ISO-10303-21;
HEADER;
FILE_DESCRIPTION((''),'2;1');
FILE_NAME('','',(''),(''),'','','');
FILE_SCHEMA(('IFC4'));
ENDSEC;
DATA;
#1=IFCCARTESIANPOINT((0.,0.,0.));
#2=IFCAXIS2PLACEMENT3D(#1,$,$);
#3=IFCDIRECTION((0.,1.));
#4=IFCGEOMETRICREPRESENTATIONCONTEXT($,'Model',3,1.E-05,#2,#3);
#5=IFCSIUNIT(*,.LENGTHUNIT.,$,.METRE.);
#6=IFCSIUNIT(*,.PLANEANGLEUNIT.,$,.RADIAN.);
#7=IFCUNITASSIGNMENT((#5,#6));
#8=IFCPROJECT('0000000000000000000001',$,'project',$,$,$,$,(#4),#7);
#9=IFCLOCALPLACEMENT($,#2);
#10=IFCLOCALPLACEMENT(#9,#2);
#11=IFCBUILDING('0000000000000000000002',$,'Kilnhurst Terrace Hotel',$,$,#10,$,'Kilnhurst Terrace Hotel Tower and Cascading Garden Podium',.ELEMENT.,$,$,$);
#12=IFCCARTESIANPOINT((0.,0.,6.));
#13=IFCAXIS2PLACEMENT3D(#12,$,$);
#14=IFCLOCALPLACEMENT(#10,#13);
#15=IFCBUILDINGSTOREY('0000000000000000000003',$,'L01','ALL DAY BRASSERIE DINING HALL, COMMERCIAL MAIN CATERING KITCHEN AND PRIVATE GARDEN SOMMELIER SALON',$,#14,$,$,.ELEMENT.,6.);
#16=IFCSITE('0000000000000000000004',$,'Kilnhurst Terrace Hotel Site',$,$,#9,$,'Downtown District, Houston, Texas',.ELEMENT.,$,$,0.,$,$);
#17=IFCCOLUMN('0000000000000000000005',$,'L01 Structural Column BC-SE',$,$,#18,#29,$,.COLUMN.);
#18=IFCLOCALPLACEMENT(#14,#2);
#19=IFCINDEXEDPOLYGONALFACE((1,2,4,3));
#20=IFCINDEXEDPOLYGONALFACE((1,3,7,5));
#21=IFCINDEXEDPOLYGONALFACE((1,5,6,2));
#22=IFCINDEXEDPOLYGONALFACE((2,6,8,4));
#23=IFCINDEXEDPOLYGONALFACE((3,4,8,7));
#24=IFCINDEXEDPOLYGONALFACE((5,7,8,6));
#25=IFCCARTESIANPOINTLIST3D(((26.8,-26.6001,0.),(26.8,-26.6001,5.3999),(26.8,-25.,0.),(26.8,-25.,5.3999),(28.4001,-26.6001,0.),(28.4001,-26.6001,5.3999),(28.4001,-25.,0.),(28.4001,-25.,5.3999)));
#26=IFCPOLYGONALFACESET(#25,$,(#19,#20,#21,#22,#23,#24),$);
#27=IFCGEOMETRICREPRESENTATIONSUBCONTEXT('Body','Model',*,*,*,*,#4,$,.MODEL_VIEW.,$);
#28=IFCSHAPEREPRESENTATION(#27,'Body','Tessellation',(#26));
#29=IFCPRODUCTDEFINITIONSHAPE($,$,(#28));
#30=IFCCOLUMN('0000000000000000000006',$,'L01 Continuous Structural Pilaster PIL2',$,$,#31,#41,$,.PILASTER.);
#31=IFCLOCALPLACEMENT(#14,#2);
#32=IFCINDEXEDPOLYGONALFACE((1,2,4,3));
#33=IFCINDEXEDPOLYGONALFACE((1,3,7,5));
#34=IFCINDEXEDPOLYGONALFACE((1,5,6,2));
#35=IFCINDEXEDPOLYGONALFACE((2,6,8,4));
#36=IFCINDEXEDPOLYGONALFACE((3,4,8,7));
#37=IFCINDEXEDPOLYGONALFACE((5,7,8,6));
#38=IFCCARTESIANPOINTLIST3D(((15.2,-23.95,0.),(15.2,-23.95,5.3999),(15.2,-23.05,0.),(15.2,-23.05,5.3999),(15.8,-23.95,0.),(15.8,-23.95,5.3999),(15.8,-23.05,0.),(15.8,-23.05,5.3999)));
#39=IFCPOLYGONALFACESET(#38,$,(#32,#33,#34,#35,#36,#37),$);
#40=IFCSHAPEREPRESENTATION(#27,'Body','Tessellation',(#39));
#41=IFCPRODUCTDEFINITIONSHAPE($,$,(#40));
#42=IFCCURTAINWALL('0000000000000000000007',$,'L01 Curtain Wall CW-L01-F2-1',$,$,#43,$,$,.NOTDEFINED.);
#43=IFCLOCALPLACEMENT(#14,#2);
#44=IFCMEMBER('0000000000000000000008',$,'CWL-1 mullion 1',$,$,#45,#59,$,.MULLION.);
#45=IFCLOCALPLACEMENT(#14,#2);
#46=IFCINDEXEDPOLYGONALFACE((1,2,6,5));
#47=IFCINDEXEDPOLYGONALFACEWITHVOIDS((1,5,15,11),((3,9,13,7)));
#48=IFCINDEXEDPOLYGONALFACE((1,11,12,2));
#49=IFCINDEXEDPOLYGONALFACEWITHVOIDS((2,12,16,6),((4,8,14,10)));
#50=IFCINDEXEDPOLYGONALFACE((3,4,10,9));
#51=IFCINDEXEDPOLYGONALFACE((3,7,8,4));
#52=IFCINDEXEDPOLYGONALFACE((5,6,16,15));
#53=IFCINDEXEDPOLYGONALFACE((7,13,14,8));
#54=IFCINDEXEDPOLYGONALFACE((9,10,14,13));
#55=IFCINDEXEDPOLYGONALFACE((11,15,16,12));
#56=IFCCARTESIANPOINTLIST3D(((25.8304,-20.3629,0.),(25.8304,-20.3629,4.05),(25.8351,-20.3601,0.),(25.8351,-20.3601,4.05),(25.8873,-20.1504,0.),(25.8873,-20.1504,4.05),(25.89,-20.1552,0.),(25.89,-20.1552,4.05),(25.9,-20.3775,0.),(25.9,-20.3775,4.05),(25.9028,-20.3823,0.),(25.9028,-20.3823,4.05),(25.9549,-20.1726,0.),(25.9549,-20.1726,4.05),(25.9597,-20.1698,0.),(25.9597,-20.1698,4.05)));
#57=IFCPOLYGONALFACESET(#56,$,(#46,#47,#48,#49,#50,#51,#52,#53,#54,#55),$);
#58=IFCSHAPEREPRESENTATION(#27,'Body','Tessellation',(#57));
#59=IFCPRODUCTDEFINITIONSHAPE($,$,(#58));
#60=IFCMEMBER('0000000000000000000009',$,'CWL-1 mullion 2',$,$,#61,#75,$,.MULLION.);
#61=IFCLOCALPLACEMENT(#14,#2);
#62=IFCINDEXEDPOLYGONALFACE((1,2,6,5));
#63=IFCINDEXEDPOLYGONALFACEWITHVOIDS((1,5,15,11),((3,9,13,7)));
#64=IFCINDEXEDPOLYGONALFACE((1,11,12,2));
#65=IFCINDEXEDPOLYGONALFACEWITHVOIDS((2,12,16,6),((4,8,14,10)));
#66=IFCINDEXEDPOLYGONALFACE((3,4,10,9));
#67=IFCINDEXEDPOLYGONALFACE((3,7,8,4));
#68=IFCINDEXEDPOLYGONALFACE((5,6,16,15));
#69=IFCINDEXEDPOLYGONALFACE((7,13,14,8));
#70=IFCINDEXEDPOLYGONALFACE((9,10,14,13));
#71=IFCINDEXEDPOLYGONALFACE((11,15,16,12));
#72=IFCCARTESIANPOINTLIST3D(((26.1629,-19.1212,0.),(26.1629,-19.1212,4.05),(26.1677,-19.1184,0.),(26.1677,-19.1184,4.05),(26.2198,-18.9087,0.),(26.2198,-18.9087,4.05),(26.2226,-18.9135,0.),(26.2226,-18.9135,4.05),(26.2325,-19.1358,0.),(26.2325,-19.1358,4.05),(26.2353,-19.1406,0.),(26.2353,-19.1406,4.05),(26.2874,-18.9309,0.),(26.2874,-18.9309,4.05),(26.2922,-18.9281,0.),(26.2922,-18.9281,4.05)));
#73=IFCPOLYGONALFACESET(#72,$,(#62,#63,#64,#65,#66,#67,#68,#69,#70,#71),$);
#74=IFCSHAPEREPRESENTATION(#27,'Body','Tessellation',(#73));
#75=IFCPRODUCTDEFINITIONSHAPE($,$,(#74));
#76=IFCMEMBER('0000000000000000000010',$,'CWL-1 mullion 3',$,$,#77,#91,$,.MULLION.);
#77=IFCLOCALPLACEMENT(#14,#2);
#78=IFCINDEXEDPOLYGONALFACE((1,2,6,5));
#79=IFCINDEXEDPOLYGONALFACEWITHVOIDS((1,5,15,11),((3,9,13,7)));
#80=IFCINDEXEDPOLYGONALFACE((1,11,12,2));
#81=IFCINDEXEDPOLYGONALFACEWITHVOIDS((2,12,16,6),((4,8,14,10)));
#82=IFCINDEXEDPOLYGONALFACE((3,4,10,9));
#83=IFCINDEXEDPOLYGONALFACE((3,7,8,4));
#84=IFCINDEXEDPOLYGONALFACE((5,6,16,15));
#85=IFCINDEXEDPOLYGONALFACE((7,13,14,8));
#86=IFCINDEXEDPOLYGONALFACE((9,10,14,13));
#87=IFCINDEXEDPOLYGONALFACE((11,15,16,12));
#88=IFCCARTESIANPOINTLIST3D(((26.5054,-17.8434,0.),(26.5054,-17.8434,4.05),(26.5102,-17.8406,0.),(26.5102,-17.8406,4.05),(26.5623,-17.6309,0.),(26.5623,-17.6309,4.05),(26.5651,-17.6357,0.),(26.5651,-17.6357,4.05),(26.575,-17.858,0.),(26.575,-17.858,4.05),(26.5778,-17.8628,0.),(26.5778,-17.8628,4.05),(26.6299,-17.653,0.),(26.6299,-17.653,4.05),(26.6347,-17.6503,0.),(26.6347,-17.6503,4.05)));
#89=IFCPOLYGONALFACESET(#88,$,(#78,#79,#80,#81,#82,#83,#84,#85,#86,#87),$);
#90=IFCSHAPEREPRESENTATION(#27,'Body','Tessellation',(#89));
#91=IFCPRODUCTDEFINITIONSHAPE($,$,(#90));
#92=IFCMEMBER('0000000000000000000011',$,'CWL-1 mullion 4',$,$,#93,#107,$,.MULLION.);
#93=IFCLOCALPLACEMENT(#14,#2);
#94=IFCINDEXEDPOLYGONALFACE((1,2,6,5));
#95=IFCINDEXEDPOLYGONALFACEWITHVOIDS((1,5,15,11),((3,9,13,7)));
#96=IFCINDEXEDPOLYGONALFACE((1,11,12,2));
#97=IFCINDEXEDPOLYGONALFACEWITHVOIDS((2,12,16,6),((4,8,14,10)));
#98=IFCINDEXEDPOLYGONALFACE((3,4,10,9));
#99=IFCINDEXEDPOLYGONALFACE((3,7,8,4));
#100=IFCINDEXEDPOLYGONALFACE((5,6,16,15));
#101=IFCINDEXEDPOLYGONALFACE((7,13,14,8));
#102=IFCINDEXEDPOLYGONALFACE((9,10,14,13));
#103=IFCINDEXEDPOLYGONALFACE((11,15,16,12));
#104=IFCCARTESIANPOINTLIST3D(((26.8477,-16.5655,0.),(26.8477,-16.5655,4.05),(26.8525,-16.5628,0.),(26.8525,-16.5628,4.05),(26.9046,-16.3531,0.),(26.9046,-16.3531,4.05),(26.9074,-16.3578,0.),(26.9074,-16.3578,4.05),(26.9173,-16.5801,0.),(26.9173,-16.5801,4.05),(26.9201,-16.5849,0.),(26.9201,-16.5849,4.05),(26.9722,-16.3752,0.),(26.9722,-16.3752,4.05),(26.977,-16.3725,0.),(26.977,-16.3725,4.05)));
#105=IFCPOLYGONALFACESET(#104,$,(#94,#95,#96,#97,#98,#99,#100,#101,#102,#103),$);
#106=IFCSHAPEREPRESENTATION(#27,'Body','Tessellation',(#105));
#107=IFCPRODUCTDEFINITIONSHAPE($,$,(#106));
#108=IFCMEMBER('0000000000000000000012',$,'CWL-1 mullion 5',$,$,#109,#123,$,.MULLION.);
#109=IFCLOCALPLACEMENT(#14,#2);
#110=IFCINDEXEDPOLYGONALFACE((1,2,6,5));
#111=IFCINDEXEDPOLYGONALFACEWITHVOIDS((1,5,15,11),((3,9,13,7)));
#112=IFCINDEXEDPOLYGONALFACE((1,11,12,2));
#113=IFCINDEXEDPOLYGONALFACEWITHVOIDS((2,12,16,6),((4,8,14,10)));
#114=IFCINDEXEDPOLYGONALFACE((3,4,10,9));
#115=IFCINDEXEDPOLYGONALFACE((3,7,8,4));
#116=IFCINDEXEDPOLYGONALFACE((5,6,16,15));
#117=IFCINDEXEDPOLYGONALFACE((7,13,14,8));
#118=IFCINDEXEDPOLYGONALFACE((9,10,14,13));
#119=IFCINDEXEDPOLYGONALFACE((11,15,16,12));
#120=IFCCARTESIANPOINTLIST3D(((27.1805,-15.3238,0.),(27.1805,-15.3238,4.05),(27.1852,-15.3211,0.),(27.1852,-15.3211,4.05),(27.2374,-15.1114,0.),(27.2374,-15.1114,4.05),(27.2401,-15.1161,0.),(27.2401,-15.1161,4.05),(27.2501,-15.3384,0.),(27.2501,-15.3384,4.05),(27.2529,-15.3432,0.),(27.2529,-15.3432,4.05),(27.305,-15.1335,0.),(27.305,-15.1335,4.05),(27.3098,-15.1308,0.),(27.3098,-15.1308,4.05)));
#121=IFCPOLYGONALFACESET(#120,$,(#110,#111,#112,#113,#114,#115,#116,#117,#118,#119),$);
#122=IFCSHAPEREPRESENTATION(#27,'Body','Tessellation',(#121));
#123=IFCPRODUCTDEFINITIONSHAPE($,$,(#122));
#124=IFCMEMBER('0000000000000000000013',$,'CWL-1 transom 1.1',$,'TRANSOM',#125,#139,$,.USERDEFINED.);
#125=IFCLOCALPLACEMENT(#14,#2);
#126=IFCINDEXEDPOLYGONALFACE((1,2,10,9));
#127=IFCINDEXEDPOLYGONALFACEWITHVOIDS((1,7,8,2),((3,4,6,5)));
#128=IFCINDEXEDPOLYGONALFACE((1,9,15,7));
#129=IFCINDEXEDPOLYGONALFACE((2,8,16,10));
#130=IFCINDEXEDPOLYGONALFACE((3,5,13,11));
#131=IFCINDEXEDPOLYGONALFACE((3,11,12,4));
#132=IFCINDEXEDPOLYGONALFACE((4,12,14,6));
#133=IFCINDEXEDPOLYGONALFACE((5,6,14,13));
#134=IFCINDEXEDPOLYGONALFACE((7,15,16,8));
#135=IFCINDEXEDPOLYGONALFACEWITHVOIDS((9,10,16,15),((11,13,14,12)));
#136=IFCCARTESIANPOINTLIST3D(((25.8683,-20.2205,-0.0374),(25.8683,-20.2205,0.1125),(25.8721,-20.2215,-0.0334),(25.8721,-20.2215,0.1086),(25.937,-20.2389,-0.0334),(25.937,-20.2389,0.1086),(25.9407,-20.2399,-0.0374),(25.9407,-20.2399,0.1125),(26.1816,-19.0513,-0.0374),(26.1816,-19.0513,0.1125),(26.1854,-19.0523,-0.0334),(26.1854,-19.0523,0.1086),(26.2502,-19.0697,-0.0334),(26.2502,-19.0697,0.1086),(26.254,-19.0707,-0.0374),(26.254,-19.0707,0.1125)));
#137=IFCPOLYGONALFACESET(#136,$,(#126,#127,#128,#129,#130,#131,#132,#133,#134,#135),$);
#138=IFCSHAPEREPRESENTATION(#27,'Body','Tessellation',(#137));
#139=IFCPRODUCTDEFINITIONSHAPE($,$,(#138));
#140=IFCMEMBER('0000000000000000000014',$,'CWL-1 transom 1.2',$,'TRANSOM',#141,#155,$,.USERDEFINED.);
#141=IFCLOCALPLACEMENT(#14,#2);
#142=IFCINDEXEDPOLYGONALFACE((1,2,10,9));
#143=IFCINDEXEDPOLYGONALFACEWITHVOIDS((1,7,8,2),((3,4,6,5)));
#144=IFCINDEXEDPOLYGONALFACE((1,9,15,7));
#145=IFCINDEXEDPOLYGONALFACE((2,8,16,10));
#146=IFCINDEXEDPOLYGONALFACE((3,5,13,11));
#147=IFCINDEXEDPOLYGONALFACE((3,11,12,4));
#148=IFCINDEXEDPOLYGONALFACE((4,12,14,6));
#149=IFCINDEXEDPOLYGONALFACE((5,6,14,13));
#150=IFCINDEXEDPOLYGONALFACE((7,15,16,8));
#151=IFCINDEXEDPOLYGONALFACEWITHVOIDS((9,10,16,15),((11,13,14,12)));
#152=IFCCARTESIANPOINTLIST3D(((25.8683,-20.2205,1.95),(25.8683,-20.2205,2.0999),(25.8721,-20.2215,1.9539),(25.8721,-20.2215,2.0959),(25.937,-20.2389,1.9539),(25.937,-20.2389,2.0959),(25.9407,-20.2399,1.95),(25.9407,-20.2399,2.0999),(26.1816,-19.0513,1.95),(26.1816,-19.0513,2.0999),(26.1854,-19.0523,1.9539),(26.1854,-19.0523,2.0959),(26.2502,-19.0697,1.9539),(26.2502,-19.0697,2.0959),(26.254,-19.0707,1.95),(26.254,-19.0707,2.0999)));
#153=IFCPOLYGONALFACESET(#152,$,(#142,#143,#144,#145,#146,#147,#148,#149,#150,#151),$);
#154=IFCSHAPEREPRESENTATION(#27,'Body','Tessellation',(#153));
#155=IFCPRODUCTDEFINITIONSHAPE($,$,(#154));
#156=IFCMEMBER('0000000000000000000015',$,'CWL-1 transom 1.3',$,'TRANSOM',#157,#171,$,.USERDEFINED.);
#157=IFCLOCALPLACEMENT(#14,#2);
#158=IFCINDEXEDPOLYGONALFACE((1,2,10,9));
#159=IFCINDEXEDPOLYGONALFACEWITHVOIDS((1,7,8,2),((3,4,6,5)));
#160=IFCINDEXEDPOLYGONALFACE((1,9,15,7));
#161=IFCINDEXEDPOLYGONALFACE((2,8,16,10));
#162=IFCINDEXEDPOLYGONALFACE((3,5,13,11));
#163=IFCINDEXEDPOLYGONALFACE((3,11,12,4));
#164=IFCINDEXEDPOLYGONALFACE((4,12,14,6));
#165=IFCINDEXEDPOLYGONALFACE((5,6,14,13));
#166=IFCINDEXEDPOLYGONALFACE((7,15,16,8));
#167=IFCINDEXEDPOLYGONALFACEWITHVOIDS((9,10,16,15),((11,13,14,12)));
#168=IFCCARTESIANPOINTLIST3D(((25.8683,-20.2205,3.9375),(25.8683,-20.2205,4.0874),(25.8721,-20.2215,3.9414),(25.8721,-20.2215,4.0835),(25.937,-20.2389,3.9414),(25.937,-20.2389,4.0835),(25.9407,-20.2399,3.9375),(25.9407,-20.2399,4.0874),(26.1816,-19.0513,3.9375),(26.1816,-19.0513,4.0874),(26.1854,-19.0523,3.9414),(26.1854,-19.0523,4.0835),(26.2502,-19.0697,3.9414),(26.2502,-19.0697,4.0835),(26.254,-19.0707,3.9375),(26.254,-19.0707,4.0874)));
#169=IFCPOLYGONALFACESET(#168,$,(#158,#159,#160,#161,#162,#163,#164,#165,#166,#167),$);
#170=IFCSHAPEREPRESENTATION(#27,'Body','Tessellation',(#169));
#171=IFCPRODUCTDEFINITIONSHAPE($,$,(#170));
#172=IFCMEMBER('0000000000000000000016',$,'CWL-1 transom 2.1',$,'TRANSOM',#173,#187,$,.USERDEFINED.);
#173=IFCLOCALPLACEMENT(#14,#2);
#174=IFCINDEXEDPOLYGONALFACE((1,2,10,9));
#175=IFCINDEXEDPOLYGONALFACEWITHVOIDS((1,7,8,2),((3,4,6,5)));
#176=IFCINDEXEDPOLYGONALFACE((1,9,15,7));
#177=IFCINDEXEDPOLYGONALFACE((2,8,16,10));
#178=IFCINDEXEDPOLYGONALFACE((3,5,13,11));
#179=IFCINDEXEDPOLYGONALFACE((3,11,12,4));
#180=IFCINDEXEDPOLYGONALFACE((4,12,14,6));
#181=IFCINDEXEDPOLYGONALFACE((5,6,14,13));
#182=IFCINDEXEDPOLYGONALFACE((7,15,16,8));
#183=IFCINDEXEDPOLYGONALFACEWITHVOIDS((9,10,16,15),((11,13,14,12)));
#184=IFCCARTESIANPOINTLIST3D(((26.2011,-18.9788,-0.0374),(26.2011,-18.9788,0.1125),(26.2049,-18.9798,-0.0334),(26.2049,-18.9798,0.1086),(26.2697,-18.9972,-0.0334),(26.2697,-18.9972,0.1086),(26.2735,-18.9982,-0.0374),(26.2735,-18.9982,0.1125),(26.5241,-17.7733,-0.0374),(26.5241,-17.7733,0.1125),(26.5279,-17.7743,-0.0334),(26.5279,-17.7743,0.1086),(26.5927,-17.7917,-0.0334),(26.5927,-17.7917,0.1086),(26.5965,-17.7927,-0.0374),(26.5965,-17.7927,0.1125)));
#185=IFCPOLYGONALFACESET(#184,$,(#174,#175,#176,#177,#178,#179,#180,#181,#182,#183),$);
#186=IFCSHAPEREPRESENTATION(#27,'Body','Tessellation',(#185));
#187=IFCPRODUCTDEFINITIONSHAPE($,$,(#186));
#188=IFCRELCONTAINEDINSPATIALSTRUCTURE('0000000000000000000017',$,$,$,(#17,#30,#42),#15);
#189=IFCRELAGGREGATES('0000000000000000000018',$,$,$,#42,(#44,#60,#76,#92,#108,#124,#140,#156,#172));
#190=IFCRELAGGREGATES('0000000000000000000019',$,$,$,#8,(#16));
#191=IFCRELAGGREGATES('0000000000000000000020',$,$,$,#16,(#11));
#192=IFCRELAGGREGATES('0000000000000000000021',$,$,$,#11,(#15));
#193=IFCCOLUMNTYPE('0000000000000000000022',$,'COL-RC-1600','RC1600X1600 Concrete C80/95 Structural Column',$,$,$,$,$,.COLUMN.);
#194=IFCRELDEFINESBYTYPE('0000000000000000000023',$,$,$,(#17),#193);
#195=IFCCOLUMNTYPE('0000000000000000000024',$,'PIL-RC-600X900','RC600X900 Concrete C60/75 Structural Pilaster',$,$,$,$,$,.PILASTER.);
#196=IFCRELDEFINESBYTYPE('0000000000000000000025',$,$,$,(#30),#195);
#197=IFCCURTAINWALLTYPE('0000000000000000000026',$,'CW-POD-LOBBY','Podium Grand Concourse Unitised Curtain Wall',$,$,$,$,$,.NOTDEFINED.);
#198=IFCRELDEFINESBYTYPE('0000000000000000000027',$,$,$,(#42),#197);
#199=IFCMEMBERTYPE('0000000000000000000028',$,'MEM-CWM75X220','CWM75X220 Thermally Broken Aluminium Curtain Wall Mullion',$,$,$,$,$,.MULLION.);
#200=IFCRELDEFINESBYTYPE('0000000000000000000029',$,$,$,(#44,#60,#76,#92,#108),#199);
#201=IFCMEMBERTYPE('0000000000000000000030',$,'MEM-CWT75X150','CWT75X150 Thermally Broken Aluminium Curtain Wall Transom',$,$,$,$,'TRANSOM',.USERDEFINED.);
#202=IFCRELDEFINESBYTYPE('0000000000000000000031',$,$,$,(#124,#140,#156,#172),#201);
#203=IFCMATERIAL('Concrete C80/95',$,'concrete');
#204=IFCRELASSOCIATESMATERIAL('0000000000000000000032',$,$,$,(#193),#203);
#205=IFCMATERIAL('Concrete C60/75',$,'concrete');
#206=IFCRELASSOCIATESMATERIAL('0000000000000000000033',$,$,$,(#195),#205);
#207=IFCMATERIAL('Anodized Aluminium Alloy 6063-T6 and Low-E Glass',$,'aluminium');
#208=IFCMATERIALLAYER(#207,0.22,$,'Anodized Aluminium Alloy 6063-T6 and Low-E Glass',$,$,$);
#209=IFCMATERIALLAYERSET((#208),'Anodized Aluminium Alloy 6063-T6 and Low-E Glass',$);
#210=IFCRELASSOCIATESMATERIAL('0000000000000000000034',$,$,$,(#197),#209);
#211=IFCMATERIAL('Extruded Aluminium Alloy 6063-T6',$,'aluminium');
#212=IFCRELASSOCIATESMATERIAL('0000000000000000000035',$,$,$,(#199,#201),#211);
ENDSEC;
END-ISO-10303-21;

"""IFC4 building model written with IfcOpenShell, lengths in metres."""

from ifc_helpers import new_model, si_unit, direction, frame, origin, origin_2d, place, context, subcontext, project, spatial, rectangle, hollow_rectangle, extrude, material, layer, layer_set, material_profile, profile_set, type_object, element, aggregate, save


model = new_model("IFC4")

# Units and contexts
model_context = context("Model", 3, precision=1e-05, world=origin(), true_north=direction((0.0, 1.0)))
body_context = subcontext(model_context, "Body", "Model", "MODEL_VIEW")
ifc_project = project(units=[si_unit("LENGTHUNIT", "METRE"), si_unit("PLANEANGLEUNIT", "RADIAN")], contexts=[model_context])

# Site, building, storey
site_placement = place(None, origin())
site = spatial("IfcSite", under=ifc_project, at=site_placement, Name="Kilnhurst Terrace Hotel Site", LongName="Downtown District, Houston, Texas", CompositionType="ELEMENT", RefElevation=0.0)
building_placement = place(site_placement, origin())
building = spatial("IfcBuilding", under=site, at=building_placement, Name="Kilnhurst Terrace Hotel", LongName="Kilnhurst Terrace Hotel Tower and Cascading Garden Podium", CompositionType="ELEMENT")
storey_placement = place(building_placement, frame((0.0, 0.0, 6.0)))
storey = spatial("IfcBuildingStorey", under=building, at=storey_placement, Name="L01", Description="ALL DAY BRASSERIE DINING HALL, COMMERCIAL MAIN CATERING KITCHEN AND PRIVATE GARDEN SOMMELIER SALON", CompositionType="ELEMENT", Elevation=6.0)

# Columns
ifc_material_1 = material(Name="Concrete C80/95", Category="concrete")
ifc_material_profile_1 = material_profile(ifc_material_1, rectangle(XDim=1.6001, YDim=1.6001, at=origin_2d()), Name="RC1600X1600")
ifc_profile_set_1 = profile_set([ifc_material_profile_1], Name="Concrete C80/95")
column_type_1 = type_object("IfcColumnType", Name="COL-RC-1600", Description="RC1600X1600 Concrete C80/95 Structural Column", PredefinedType="COLUMN", material=ifc_profile_set_1)
column_1_placement = place(storey_placement, frame((27.6001, -25.8, 0.0), z_axis=(0.0, 0.0, 1.0), x_axis=(1.0, 0.0, 0.0)))
element("IfcColumn", 1, at=column_1_placement, inside=storey, type_object=column_type_1, Name="L01 Structural Column BC-SE", PredefinedType="COLUMN", context=body_context, shape_type="SweptSolid", body=[
    extrude(rectangle(XDim=1.6001, YDim=1.6001, at=origin_2d()), origin(), (0.0, 0.0, 1.0), 5.3999),
])
ifc_material_2 = material(Name="Concrete C60/75", Category="concrete")
ifc_material_profile_2 = material_profile(ifc_material_2, rectangle(XDim=0.6001, YDim=0.8999, at=origin_2d()), Name="RC600X900")
ifc_profile_set_2 = profile_set([ifc_material_profile_2], Name="Concrete C60/75")
column_type_2 = type_object("IfcColumnType", Name="PIL-RC-600X900", Description="RC600X900 Concrete C60/75 Structural Pilaster", PredefinedType="PILASTER", material=ifc_profile_set_2)
column_2_placement = place(storey_placement, frame((15.5, -23.5, 0.0), z_axis=(0.0, 0.0, 1.0), x_axis=(1.0, 0.0, 0.0)))
element("IfcColumn", 2, at=column_2_placement, inside=storey, type_object=column_type_2, Name="L01 Continuous Structural Pilaster PIL2", PredefinedType="PILASTER", context=body_context, shape_type="SweptSolid", body=[
    extrude(rectangle(XDim=0.6001, YDim=0.8999, at=origin_2d()), origin(), (0.0, 0.0, 1.0), 5.3999),
])

# Curtain wall, members
ifc_material_3 = material(Name="Anodized Aluminium Alloy 6063-T6 and Low-E Glass", Category="aluminium")
ifc_layer_1 = layer(ifc_material_3, 0.22, Name="Anodized Aluminium Alloy 6063-T6 and Low-E Glass")
ifc_layer_set_1 = layer_set([ifc_layer_1], Name="Anodized Aluminium Alloy 6063-T6 and Low-E Glass")
curtain_wall_type = type_object("IfcCurtainWallType", Name="CW-POD-LOBBY", Description="Podium Grand Concourse Unitised Curtain Wall", PredefinedType="NOTDEFINED", material=ifc_layer_set_1)
curtain_wall_placement = place(storey_placement, origin())
curtain_wall = element("IfcCurtainWall", 3, at=curtain_wall_placement, inside=storey, type_object=curtain_wall_type, Name="L01 Curtain Wall CW-L01-F2-1", PredefinedType="NOTDEFINED")
ifc_material_4 = material(Name="Extruded Aluminium Alloy 6063-T6", Category="aluminium")
ifc_material_profile_3 = material_profile(ifc_material_4, hollow_rectangle(XDim=0.075, YDim=0.22, WallThickness=0.0039, at=origin_2d()), Name="CWM75X220")
ifc_profile_set_3 = profile_set([ifc_material_profile_3], Name="Extruded Aluminium Alloy 6063-T6")
member_type_1 = type_object("IfcMemberType", Name="MEM-CWM75X220", Description="CWM75X220 Thermally Broken Aluminium Curtain Wall Mullion", PredefinedType="MULLION", material=ifc_profile_set_3)
member_1_placement = place(storey_placement, frame((25.895, -20.2664, 0.0), z_axis=(0.0, 0.0, 1.0), x_axis=(-0.965929, 0.258806, 0.0)))
member_1 = element("IfcMember", 4, at=member_1_placement, type_object=member_type_1, Name="CWL-1 mullion 1", PredefinedType="MULLION", context=body_context, shape_type="SweptSolid", body=[
    extrude(hollow_rectangle(XDim=0.075, YDim=0.22, WallThickness=0.0039, at=origin_2d()), origin(), (0.0, 0.0, 1.0), 4.05),
])
member_2_placement = place(storey_placement, frame((26.2275, -19.0247, 0.0), z_axis=(0.0, 0.0, 1.0), x_axis=(-0.965929, 0.258806, 0.0)))
member_2 = element("IfcMember", 5, at=member_2_placement, type_object=member_type_1, Name="CWL-1 mullion 2", PredefinedType="MULLION", context=body_context, shape_type="SweptSolid", body=[
    extrude(hollow_rectangle(XDim=0.075, YDim=0.22, WallThickness=0.0039, at=origin_2d()), origin(), (0.0, 0.0, 1.0), 4.05),
])
member_3_placement = place(storey_placement, frame((26.5701, -17.7468, 0.0), z_axis=(0.0, 0.0, 1.0), x_axis=(-0.965929, 0.258806, 0.0)))
member_3 = element("IfcMember", 6, at=member_3_placement, type_object=member_type_1, Name="CWL-1 mullion 3", PredefinedType="MULLION", context=body_context, shape_type="SweptSolid", body=[
    extrude(hollow_rectangle(XDim=0.075, YDim=0.22, WallThickness=0.0039, at=origin_2d()), origin(), (0.0, 0.0, 1.0), 4.05),
])
member_4_placement = place(storey_placement, frame((26.9124, -16.469, 0.0), z_axis=(0.0, 0.0, 1.0), x_axis=(-0.965929, 0.258806, 0.0)))
member_4 = element("IfcMember", 7, at=member_4_placement, type_object=member_type_1, Name="CWL-1 mullion 4", PredefinedType="MULLION", context=body_context, shape_type="SweptSolid", body=[
    extrude(hollow_rectangle(XDim=0.075, YDim=0.22, WallThickness=0.0039, at=origin_2d()), origin(), (0.0, 0.0, 1.0), 4.05),
])
member_5_placement = place(storey_placement, frame((27.2451, -15.2273, 0.0), z_axis=(0.0, 0.0, 1.0), x_axis=(-0.965929, 0.258806, 0.0)))
member_5 = element("IfcMember", 8, at=member_5_placement, type_object=member_type_1, Name="CWL-1 mullion 5", PredefinedType="MULLION", context=body_context, shape_type="SweptSolid", body=[
    extrude(hollow_rectangle(XDim=0.075, YDim=0.22, WallThickness=0.0039, at=origin_2d()), origin(), (0.0, 0.0, 1.0), 4.05),
])
ifc_material_profile_4 = material_profile(ifc_material_4, hollow_rectangle(XDim=0.075, YDim=0.1499, WallThickness=0.0039, at=origin_2d()), Name="CWT75X150")
ifc_profile_set_4 = profile_set([ifc_material_profile_4], Name="Extruded Aluminium Alloy 6063-T6")
member_type_2 = type_object("IfcMemberType", Name="MEM-CWT75X150", Description="CWT75X150 Thermally Broken Aluminium Curtain Wall Transom", ElementType="TRANSOM", PredefinedType="USERDEFINED", material=ifc_profile_set_4)
member_6_placement = place(storey_placement, frame((25.9045, -20.2302, 0.0376), z_axis=(0.25878, 0.965936, 0.0), x_axis=(-0.965936, 0.25878, 0.0)))
member_6 = element("IfcMember", 9, at=member_6_placement, type_object=member_type_2, Name="CWL-1 transom 1.1", ObjectType="TRANSOM", PredefinedType="USERDEFINED", context=body_context, shape_type="SweptSolid", body=[
    extrude(hollow_rectangle(XDim=0.075, YDim=0.1499, WallThickness=0.0039, at=origin_2d()), origin(), (0.0, 0.0, 1.0), 1.2104),
])
member_7_placement = place(storey_placement, frame((25.9045, -20.2302, 2.0249), z_axis=(0.25878, 0.965936, 0.0), x_axis=(-0.965936, 0.25878, 0.0)))
member_7 = element("IfcMember", 10, at=member_7_placement, type_object=member_type_2, Name="CWL-1 transom 1.2", ObjectType="TRANSOM", PredefinedType="USERDEFINED", context=body_context, shape_type="SweptSolid", body=[
    extrude(hollow_rectangle(XDim=0.075, YDim=0.1499, WallThickness=0.0039, at=origin_2d()), origin(), (0.0, 0.0, 1.0), 1.2104),
])
member_8_placement = place(storey_placement, frame((25.9045, -20.2302, 4.0125), z_axis=(0.25878, 0.965936, 0.0), x_axis=(-0.965936, 0.25878, 0.0)))
member_8 = element("IfcMember", 11, at=member_8_placement, type_object=member_type_2, Name="CWL-1 transom 1.3", ObjectType="TRANSOM", PredefinedType="USERDEFINED", context=body_context, shape_type="SweptSolid", body=[
    extrude(hollow_rectangle(XDim=0.075, YDim=0.1499, WallThickness=0.0039, at=origin_2d()), origin(), (0.0, 0.0, 1.0), 1.2104),
])
member_9_placement = place(storey_placement, frame((26.2373, -18.9885, 0.0376), z_axis=(0.258795, 0.965932, 0.0), x_axis=(-0.965932, 0.258795, 0.0)))
member_9 = element("IfcMember", 12, at=member_9_placement, type_object=member_type_2, Name="CWL-1 transom 2.1", ObjectType="TRANSOM", PredefinedType="USERDEFINED", context=body_context, shape_type="SweptSolid", body=[
    extrude(hollow_rectangle(XDim=0.075, YDim=0.1499, WallThickness=0.0039, at=origin_2d()), origin(), (0.0, 0.0, 1.0), 1.248),
])

aggregate(curtain_wall, [member_1, member_2, member_3, member_4, member_5, member_6, member_7, member_8, member_9])

save(model, "model.ifc")
